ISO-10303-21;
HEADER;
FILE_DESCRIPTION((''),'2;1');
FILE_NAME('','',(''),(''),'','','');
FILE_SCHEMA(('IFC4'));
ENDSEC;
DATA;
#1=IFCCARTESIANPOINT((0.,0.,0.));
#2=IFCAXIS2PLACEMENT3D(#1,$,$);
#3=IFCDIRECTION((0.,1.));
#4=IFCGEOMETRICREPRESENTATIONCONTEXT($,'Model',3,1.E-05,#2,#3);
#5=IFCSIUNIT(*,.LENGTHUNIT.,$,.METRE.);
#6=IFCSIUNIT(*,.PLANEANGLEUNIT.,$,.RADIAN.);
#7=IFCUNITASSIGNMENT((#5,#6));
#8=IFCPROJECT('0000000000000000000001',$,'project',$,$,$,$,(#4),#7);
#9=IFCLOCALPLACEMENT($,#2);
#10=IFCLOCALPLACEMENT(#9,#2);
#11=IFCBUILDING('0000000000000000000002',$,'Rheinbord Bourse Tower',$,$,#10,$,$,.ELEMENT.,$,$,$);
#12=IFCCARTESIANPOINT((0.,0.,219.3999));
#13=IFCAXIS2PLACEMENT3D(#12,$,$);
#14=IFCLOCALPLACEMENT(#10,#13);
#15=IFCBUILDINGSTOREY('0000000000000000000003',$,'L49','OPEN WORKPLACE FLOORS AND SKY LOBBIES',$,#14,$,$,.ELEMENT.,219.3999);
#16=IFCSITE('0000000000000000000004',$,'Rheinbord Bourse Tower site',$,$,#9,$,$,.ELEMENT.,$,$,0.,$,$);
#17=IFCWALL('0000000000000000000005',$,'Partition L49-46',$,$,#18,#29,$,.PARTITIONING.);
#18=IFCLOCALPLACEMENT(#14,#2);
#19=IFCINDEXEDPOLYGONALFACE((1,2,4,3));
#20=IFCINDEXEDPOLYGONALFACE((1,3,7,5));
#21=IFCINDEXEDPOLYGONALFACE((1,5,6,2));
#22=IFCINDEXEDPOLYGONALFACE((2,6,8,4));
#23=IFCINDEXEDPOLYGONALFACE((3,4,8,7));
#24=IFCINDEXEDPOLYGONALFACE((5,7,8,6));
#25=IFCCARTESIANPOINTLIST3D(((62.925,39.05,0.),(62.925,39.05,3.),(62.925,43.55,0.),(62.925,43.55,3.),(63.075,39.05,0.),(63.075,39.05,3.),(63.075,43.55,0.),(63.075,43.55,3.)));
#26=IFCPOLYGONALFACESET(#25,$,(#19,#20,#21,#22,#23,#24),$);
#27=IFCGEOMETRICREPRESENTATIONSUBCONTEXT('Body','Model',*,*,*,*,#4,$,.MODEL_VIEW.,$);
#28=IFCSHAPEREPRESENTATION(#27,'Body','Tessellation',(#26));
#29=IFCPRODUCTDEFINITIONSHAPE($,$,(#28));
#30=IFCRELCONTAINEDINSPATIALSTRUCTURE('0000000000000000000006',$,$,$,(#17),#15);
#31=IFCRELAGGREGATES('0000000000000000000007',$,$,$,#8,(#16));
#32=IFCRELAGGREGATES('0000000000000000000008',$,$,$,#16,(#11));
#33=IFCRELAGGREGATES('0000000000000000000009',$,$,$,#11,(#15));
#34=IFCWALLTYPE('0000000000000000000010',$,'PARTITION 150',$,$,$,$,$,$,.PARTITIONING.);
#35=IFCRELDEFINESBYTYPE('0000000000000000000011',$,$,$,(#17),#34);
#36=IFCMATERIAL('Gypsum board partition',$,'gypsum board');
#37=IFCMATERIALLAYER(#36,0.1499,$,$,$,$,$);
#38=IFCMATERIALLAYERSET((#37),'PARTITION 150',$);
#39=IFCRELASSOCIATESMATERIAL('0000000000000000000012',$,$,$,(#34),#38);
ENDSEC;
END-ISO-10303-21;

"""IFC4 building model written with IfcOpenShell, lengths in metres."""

from ifc_helpers import new_model, si_unit, direction, frame, frame_2d, origin, place, context, subcontext, project, spatial, rectangle, extrude, material, layer, layer_set, type_object, element, save


model = new_model("IFC4")

# Units and contexts
model_context = context("Model", 3, precision=1e-05, world=origin(), true_north=direction((0.0, 1.0)))
body_context = subcontext(model_context, "Body", "Model", "MODEL_VIEW")
ifc_project = project(units=[si_unit("LENGTHUNIT", "METRE"), si_unit("PLANEANGLEUNIT", "RADIAN")], contexts=[model_context])

# Site, building, storey
site_placement = place(None, origin())
site = spatial("IfcSite", under=ifc_project, at=site_placement, Name="Rheinbord Bourse Tower site", CompositionType="ELEMENT", RefElevation=0.0)
building_placement = place(site_placement, origin())
building = spatial("IfcBuilding", under=site, at=building_placement, Name="Rheinbord Bourse Tower", CompositionType="ELEMENT")
storey_placement = place(building_placement, frame((0.0, 0.0, 219.3999)))
storey = spatial("IfcBuildingStorey", under=building, at=storey_placement, Name="L49", Description="OPEN WORKPLACE FLOORS AND SKY LOBBIES", CompositionType="ELEMENT", Elevation=219.3999)

# Wall
ifc_material_1 = material(Name="Gypsum board partition", Category="gypsum board")
ifc_layer_1 = layer(ifc_material_1, 0.1499)
ifc_layer_set_1 = layer_set([ifc_layer_1], Name="PARTITION 150")
wall_type_1 = type_object("IfcWallType", Name="PARTITION 150", PredefinedType="PARTITIONING", material=ifc_layer_set_1)
for number, where, z_axis, x_axis, name in (
    (1, (63.0, 39.05, 0.0), (0.0, 0.0, 1.0), (0.0, 1.0, 0.0), "Partition L49-46"),
):
    element("IfcWall", number, at=place(storey_placement, frame(where, z_axis=z_axis, x_axis=x_axis)), inside=storey, type_object=wall_type_1, Name=name, PredefinedType="PARTITIONING", context=body_context, shape_type="SweptSolid", body=[
        extrude(rectangle(XDim=4.5, YDim=0.1499, at=frame_2d((2.25, 0.0))), origin(), (0.0, 0.0, 1.0), 3.0),
    ])

save(model, "model.ifc")
